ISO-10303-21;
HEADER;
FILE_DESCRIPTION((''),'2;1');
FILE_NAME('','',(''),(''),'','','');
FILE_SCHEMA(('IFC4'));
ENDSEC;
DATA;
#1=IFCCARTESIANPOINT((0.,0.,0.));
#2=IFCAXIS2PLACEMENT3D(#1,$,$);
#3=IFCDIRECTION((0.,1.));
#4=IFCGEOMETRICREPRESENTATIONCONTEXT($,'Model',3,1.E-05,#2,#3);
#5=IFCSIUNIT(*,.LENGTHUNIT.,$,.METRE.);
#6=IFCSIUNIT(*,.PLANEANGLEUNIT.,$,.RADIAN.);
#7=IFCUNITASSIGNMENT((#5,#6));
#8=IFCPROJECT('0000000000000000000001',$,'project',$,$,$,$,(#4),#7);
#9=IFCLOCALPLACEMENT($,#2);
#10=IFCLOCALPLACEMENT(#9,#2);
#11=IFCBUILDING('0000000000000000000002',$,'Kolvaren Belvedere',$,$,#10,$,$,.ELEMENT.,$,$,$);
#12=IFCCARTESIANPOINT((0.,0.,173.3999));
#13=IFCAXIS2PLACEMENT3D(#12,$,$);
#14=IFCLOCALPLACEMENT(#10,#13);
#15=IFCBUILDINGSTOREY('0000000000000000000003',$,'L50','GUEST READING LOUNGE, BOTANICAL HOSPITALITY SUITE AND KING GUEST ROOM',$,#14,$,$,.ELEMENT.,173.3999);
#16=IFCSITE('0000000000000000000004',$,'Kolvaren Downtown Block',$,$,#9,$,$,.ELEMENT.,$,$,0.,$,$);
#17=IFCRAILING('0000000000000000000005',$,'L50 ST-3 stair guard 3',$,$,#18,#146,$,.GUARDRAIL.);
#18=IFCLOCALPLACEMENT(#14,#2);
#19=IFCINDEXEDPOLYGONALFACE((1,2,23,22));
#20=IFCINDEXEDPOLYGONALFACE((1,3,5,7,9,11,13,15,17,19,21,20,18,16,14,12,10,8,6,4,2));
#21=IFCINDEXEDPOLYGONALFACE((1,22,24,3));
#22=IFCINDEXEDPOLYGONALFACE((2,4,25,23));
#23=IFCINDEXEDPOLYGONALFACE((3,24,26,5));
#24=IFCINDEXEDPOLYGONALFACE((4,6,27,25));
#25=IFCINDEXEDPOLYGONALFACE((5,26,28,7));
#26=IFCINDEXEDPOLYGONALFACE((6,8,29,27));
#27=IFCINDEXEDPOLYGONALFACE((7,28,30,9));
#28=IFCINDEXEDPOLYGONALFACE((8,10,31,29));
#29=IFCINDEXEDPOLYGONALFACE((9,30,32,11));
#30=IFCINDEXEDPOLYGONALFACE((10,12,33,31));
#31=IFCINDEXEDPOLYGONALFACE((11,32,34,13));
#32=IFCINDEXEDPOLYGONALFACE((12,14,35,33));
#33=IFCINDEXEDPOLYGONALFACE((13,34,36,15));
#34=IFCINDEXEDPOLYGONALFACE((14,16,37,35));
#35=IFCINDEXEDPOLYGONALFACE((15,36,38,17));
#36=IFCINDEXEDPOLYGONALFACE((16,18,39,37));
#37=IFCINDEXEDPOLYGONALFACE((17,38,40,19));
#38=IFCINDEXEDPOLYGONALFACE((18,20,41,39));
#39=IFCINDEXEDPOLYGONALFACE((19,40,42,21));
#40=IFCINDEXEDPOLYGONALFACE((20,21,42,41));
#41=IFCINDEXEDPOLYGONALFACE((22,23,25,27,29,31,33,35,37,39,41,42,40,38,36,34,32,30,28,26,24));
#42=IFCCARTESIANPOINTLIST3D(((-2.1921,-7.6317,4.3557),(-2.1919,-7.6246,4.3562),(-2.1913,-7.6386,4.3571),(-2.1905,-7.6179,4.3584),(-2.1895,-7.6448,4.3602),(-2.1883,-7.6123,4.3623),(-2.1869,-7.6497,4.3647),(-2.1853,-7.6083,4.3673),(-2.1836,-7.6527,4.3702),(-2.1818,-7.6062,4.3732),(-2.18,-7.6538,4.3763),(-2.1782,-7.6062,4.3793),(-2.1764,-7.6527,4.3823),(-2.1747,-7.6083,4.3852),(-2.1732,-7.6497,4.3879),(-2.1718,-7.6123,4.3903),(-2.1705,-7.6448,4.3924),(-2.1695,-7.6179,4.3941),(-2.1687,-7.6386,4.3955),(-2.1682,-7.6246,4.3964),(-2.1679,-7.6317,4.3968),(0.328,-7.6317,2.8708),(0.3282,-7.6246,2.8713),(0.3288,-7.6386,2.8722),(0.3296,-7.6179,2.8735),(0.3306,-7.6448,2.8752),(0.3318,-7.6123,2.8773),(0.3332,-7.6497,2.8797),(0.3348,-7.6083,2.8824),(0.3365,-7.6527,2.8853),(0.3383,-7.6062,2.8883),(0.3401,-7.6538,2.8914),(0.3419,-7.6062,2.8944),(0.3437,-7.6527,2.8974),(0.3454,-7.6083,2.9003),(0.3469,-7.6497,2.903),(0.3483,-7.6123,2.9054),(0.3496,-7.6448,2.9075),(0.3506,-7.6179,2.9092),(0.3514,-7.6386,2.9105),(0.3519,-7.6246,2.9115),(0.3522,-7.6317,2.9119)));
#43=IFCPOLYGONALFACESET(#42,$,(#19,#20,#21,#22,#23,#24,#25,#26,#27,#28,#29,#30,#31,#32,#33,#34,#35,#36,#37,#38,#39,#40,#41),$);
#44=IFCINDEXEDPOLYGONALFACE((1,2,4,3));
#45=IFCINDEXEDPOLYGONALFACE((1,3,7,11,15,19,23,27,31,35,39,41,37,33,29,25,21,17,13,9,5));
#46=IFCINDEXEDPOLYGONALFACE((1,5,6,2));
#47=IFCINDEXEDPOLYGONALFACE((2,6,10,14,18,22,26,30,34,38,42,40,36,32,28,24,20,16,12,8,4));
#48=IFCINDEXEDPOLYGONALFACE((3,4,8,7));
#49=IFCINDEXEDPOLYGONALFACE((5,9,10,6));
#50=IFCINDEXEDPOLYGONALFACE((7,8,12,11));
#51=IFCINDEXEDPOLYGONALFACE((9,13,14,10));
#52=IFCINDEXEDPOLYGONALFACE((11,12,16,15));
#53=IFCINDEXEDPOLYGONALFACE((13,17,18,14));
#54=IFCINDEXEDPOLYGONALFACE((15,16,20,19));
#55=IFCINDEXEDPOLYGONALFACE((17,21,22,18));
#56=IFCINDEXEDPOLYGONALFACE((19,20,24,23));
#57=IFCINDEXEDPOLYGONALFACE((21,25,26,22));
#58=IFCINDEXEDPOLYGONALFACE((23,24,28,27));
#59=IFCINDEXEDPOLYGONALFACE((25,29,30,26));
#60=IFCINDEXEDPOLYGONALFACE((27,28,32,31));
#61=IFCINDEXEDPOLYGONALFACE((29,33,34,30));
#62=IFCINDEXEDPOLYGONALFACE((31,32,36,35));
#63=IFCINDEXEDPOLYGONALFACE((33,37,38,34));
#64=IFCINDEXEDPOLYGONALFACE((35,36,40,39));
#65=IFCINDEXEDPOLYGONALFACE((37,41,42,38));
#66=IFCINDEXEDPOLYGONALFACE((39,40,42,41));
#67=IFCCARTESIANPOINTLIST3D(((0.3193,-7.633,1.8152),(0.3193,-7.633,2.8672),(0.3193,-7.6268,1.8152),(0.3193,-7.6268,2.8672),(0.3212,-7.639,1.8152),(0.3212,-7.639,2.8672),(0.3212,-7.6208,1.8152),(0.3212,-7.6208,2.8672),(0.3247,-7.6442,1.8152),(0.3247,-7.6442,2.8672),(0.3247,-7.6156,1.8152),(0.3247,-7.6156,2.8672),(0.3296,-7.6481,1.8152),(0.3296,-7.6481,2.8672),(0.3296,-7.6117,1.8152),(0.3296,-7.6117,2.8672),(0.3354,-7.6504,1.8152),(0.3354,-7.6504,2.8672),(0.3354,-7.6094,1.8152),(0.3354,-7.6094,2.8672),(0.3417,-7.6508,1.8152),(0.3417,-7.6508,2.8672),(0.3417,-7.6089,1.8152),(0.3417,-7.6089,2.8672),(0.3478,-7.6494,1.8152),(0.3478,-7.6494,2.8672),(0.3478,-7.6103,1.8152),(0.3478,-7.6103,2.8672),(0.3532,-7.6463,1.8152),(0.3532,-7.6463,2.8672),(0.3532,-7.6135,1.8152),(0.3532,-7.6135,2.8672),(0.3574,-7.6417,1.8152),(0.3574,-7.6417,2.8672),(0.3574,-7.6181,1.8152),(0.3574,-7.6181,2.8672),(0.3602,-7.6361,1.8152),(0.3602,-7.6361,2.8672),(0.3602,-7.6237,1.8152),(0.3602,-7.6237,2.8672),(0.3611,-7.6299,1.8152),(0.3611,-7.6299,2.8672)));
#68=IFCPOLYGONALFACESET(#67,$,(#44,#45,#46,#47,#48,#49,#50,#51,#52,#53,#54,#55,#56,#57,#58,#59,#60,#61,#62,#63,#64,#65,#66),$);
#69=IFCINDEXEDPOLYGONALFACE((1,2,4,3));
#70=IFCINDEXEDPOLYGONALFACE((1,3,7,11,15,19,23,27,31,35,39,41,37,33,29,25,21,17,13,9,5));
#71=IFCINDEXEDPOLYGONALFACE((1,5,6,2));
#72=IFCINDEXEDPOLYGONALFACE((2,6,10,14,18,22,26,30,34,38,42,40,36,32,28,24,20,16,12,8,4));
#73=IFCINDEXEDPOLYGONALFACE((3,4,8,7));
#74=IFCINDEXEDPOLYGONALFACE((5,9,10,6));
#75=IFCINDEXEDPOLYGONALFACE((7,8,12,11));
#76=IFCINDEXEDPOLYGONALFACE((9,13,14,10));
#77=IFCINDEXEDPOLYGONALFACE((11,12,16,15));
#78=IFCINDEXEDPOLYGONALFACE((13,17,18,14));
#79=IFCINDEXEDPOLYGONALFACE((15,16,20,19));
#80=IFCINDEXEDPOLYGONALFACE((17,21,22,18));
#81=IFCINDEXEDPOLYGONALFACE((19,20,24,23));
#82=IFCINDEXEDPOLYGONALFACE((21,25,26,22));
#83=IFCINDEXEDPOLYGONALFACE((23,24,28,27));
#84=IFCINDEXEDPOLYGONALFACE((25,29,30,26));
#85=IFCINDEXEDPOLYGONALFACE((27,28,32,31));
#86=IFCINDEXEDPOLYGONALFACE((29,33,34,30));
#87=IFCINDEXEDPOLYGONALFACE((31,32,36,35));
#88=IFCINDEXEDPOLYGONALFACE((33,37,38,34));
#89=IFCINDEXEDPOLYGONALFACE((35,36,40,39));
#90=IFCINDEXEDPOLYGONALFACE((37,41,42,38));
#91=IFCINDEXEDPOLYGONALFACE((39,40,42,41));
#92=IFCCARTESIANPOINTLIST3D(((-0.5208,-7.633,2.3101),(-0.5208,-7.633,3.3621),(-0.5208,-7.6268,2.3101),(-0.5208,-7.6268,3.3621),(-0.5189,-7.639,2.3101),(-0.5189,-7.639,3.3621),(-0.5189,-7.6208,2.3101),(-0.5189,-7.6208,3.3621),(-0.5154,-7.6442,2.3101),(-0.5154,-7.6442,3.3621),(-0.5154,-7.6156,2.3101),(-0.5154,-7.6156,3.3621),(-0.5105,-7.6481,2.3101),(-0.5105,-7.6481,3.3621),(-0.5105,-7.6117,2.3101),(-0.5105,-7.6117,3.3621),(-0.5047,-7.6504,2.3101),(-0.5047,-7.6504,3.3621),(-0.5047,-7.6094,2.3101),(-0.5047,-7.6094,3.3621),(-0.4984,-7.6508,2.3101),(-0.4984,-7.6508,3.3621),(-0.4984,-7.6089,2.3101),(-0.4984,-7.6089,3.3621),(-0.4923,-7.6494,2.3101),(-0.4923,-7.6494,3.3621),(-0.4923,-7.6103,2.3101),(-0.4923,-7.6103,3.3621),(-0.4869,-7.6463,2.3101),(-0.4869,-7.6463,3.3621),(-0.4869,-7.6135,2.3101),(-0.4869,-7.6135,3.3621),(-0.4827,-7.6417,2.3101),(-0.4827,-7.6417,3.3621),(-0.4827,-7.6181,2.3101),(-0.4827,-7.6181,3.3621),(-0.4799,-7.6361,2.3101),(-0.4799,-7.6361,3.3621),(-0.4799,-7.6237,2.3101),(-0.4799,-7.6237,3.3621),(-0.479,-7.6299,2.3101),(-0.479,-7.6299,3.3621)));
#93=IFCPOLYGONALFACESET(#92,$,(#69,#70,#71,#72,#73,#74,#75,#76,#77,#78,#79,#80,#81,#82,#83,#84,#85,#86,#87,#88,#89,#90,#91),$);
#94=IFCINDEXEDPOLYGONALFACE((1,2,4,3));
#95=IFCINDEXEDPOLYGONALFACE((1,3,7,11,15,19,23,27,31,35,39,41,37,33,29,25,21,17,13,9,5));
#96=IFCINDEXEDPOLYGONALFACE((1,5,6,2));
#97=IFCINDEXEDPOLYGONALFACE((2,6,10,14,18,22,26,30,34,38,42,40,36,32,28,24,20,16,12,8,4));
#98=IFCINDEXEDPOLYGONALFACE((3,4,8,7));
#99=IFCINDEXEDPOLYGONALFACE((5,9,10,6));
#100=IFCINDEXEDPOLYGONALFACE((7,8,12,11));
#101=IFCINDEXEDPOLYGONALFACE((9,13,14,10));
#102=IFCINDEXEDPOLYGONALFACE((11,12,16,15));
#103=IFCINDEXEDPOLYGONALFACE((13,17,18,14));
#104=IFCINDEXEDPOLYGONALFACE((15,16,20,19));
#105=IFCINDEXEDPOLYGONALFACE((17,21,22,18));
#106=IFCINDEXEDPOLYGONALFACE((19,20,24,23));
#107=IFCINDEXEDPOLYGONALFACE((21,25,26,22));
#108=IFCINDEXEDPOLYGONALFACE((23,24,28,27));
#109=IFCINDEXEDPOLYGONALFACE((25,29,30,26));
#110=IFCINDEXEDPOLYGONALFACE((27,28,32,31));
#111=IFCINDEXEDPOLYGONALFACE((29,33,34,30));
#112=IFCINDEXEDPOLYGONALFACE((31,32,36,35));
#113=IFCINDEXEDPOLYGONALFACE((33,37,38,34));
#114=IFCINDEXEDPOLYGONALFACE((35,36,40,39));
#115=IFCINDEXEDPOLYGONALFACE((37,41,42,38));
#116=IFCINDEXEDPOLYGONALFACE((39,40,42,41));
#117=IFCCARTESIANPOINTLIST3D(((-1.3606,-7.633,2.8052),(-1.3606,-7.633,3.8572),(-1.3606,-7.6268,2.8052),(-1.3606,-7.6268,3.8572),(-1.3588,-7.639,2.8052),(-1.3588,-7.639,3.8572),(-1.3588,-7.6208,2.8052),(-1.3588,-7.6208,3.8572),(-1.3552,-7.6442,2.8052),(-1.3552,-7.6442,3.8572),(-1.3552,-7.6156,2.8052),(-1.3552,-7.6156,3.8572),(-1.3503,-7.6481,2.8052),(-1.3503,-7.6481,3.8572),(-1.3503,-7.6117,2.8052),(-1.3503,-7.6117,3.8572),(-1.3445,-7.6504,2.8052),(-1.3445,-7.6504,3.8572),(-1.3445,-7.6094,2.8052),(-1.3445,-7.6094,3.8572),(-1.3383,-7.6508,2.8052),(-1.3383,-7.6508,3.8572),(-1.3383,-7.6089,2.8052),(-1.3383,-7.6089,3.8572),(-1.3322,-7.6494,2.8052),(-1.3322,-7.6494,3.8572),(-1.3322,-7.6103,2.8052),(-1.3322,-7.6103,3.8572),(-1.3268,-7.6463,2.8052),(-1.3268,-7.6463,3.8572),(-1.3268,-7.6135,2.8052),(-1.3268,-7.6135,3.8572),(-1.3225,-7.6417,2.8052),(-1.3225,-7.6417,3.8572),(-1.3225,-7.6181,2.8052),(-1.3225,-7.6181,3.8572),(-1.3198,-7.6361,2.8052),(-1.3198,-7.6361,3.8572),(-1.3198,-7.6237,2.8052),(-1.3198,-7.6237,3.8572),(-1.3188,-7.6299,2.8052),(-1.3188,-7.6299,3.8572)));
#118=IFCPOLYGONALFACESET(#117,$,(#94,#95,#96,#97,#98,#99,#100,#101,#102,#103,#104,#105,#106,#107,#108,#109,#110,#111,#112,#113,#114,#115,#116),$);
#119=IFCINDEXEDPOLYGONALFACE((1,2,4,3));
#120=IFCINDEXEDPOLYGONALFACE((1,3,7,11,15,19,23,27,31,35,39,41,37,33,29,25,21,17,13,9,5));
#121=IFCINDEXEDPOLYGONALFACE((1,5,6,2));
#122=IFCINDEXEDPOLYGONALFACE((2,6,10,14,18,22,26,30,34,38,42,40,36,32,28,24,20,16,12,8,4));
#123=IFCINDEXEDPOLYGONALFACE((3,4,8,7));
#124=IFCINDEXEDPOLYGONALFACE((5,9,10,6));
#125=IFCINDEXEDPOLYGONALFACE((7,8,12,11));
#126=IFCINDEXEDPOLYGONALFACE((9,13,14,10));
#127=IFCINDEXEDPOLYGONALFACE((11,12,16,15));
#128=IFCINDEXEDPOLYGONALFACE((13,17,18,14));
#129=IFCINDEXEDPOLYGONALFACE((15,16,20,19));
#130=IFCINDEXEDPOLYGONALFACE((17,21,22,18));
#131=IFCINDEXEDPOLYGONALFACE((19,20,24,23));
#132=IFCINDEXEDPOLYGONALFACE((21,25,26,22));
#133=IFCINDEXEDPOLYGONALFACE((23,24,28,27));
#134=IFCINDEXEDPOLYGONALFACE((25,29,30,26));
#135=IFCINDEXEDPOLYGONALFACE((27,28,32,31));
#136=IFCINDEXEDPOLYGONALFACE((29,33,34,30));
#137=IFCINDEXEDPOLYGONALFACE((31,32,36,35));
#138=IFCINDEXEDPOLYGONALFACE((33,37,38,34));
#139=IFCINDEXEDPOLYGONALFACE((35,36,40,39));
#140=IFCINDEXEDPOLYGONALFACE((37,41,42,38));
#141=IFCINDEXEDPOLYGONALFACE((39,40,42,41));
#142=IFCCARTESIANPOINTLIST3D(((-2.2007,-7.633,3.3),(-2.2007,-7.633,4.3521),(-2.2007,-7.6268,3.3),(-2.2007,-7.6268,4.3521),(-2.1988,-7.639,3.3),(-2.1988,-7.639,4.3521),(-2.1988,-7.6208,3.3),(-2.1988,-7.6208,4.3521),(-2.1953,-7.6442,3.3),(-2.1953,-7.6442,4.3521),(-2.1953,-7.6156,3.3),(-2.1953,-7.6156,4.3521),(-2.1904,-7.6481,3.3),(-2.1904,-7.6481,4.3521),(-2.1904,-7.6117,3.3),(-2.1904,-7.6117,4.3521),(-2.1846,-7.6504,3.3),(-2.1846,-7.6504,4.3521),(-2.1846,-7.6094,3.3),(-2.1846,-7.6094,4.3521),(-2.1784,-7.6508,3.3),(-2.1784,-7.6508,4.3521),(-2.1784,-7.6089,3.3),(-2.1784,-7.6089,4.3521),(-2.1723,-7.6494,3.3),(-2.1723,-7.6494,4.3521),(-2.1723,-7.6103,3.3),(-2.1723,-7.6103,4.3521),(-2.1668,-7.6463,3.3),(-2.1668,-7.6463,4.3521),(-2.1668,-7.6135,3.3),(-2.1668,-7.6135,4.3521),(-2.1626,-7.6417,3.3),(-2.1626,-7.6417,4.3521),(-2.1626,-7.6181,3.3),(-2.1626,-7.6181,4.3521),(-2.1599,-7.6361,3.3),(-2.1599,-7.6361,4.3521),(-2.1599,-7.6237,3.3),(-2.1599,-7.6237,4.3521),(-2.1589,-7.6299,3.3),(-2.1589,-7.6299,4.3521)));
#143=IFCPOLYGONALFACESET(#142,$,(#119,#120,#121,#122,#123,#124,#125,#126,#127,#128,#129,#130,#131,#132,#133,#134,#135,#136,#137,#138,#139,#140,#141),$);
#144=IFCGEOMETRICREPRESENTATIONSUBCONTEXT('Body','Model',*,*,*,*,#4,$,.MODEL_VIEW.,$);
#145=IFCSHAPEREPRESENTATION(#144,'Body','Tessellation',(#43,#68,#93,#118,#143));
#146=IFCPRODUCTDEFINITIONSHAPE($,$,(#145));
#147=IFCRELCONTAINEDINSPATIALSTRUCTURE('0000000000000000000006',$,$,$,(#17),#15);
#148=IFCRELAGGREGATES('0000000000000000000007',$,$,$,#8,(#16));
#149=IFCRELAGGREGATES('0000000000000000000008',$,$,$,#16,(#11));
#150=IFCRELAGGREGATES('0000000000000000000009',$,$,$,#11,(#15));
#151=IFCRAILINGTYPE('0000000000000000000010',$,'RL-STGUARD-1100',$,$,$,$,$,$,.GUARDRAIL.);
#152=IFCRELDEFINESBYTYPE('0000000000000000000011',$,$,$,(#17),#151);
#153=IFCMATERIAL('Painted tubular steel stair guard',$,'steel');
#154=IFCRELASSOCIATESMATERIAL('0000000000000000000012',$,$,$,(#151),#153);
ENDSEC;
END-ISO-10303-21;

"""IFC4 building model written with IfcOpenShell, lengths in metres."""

from ifc_helpers import new_model, si_unit, direction, frame, origin, origin_2d, place, context, subcontext, project, spatial, circle, extrude, material, type_object, element, save


model = new_model("IFC4")

# Units and contexts
model_context = context("Model", 3, precision=1e-05, world=origin(), true_north=direction((0.0, 1.0)))
body_context = subcontext(model_context, "Body", "Model", "MODEL_VIEW")
ifc_project = project(units=[si_unit("LENGTHUNIT", "METRE"), si_unit("PLANEANGLEUNIT", "RADIAN")], contexts=[model_context])

# Site, building, storey
site_placement = place(None, origin())
site = spatial("IfcSite", under=ifc_project, at=site_placement, Name="Kolvaren Downtown Block", CompositionType="ELEMENT", RefElevation=0.0)
building_placement = place(site_placement, origin())
building = spatial("IfcBuilding", under=site, at=building_placement, Name="Kolvaren Belvedere", CompositionType="ELEMENT")
storey_placement = place(building_placement, frame((0.0, 0.0, 173.3999)))
storey = spatial("IfcBuildingStorey", under=building, at=storey_placement, Name="L50", Description="GUEST READING LOUNGE, BOTANICAL HOSPITALITY SUITE AND KING GUEST ROOM", CompositionType="ELEMENT", Elevation=173.3999)

# Railing
ifc_material_1 = material(Name="Painted tubular steel stair guard", Category="steel")
railing_type = type_object("IfcRailingType", Name="RL-STGUARD-1100", PredefinedType="GUARDRAIL", material=ifc_material_1)
railing_1_placement = place(storey_placement, frame((0.3401, -7.6299, 1.8152)))
element("IfcRailing", 1, at=railing_1_placement, inside=storey, type_object=railing_type, Name="L50 ST-3 stair guard 3", PredefinedType="GUARDRAIL", context=body_context, shape_type="SweptSolid", body=[
    extrude(circle(Radius=0.0239, at=origin_2d()), frame((0.0, 0.0, 1.0762), z_axis=(-0.861561, 0.0, 0.507655), x_axis=(0.0, -1.0, 0.0)), (0.0, 0.0, 1.0), 2.925),
    extrude(circle(Radius=0.021, at=origin_2d()), origin(), (0.0, 0.0, 1.0), 1.052),
    extrude(circle(Radius=0.021, at=origin_2d()), frame((-0.8401, 0.0, 0.4949)), (0.0, 0.0, 1.0), 1.052),
    extrude(circle(Radius=0.021, at=origin_2d()), frame((-1.6799, 0.0, 0.99)), (0.0, 0.0, 1.0), 1.052),
    extrude(circle(Radius=0.021, at=origin_2d()), frame((-2.52, 0.0, 1.4849)), (0.0, 0.0, 1.0), 1.052),
])

save(model, "model.ifc")
